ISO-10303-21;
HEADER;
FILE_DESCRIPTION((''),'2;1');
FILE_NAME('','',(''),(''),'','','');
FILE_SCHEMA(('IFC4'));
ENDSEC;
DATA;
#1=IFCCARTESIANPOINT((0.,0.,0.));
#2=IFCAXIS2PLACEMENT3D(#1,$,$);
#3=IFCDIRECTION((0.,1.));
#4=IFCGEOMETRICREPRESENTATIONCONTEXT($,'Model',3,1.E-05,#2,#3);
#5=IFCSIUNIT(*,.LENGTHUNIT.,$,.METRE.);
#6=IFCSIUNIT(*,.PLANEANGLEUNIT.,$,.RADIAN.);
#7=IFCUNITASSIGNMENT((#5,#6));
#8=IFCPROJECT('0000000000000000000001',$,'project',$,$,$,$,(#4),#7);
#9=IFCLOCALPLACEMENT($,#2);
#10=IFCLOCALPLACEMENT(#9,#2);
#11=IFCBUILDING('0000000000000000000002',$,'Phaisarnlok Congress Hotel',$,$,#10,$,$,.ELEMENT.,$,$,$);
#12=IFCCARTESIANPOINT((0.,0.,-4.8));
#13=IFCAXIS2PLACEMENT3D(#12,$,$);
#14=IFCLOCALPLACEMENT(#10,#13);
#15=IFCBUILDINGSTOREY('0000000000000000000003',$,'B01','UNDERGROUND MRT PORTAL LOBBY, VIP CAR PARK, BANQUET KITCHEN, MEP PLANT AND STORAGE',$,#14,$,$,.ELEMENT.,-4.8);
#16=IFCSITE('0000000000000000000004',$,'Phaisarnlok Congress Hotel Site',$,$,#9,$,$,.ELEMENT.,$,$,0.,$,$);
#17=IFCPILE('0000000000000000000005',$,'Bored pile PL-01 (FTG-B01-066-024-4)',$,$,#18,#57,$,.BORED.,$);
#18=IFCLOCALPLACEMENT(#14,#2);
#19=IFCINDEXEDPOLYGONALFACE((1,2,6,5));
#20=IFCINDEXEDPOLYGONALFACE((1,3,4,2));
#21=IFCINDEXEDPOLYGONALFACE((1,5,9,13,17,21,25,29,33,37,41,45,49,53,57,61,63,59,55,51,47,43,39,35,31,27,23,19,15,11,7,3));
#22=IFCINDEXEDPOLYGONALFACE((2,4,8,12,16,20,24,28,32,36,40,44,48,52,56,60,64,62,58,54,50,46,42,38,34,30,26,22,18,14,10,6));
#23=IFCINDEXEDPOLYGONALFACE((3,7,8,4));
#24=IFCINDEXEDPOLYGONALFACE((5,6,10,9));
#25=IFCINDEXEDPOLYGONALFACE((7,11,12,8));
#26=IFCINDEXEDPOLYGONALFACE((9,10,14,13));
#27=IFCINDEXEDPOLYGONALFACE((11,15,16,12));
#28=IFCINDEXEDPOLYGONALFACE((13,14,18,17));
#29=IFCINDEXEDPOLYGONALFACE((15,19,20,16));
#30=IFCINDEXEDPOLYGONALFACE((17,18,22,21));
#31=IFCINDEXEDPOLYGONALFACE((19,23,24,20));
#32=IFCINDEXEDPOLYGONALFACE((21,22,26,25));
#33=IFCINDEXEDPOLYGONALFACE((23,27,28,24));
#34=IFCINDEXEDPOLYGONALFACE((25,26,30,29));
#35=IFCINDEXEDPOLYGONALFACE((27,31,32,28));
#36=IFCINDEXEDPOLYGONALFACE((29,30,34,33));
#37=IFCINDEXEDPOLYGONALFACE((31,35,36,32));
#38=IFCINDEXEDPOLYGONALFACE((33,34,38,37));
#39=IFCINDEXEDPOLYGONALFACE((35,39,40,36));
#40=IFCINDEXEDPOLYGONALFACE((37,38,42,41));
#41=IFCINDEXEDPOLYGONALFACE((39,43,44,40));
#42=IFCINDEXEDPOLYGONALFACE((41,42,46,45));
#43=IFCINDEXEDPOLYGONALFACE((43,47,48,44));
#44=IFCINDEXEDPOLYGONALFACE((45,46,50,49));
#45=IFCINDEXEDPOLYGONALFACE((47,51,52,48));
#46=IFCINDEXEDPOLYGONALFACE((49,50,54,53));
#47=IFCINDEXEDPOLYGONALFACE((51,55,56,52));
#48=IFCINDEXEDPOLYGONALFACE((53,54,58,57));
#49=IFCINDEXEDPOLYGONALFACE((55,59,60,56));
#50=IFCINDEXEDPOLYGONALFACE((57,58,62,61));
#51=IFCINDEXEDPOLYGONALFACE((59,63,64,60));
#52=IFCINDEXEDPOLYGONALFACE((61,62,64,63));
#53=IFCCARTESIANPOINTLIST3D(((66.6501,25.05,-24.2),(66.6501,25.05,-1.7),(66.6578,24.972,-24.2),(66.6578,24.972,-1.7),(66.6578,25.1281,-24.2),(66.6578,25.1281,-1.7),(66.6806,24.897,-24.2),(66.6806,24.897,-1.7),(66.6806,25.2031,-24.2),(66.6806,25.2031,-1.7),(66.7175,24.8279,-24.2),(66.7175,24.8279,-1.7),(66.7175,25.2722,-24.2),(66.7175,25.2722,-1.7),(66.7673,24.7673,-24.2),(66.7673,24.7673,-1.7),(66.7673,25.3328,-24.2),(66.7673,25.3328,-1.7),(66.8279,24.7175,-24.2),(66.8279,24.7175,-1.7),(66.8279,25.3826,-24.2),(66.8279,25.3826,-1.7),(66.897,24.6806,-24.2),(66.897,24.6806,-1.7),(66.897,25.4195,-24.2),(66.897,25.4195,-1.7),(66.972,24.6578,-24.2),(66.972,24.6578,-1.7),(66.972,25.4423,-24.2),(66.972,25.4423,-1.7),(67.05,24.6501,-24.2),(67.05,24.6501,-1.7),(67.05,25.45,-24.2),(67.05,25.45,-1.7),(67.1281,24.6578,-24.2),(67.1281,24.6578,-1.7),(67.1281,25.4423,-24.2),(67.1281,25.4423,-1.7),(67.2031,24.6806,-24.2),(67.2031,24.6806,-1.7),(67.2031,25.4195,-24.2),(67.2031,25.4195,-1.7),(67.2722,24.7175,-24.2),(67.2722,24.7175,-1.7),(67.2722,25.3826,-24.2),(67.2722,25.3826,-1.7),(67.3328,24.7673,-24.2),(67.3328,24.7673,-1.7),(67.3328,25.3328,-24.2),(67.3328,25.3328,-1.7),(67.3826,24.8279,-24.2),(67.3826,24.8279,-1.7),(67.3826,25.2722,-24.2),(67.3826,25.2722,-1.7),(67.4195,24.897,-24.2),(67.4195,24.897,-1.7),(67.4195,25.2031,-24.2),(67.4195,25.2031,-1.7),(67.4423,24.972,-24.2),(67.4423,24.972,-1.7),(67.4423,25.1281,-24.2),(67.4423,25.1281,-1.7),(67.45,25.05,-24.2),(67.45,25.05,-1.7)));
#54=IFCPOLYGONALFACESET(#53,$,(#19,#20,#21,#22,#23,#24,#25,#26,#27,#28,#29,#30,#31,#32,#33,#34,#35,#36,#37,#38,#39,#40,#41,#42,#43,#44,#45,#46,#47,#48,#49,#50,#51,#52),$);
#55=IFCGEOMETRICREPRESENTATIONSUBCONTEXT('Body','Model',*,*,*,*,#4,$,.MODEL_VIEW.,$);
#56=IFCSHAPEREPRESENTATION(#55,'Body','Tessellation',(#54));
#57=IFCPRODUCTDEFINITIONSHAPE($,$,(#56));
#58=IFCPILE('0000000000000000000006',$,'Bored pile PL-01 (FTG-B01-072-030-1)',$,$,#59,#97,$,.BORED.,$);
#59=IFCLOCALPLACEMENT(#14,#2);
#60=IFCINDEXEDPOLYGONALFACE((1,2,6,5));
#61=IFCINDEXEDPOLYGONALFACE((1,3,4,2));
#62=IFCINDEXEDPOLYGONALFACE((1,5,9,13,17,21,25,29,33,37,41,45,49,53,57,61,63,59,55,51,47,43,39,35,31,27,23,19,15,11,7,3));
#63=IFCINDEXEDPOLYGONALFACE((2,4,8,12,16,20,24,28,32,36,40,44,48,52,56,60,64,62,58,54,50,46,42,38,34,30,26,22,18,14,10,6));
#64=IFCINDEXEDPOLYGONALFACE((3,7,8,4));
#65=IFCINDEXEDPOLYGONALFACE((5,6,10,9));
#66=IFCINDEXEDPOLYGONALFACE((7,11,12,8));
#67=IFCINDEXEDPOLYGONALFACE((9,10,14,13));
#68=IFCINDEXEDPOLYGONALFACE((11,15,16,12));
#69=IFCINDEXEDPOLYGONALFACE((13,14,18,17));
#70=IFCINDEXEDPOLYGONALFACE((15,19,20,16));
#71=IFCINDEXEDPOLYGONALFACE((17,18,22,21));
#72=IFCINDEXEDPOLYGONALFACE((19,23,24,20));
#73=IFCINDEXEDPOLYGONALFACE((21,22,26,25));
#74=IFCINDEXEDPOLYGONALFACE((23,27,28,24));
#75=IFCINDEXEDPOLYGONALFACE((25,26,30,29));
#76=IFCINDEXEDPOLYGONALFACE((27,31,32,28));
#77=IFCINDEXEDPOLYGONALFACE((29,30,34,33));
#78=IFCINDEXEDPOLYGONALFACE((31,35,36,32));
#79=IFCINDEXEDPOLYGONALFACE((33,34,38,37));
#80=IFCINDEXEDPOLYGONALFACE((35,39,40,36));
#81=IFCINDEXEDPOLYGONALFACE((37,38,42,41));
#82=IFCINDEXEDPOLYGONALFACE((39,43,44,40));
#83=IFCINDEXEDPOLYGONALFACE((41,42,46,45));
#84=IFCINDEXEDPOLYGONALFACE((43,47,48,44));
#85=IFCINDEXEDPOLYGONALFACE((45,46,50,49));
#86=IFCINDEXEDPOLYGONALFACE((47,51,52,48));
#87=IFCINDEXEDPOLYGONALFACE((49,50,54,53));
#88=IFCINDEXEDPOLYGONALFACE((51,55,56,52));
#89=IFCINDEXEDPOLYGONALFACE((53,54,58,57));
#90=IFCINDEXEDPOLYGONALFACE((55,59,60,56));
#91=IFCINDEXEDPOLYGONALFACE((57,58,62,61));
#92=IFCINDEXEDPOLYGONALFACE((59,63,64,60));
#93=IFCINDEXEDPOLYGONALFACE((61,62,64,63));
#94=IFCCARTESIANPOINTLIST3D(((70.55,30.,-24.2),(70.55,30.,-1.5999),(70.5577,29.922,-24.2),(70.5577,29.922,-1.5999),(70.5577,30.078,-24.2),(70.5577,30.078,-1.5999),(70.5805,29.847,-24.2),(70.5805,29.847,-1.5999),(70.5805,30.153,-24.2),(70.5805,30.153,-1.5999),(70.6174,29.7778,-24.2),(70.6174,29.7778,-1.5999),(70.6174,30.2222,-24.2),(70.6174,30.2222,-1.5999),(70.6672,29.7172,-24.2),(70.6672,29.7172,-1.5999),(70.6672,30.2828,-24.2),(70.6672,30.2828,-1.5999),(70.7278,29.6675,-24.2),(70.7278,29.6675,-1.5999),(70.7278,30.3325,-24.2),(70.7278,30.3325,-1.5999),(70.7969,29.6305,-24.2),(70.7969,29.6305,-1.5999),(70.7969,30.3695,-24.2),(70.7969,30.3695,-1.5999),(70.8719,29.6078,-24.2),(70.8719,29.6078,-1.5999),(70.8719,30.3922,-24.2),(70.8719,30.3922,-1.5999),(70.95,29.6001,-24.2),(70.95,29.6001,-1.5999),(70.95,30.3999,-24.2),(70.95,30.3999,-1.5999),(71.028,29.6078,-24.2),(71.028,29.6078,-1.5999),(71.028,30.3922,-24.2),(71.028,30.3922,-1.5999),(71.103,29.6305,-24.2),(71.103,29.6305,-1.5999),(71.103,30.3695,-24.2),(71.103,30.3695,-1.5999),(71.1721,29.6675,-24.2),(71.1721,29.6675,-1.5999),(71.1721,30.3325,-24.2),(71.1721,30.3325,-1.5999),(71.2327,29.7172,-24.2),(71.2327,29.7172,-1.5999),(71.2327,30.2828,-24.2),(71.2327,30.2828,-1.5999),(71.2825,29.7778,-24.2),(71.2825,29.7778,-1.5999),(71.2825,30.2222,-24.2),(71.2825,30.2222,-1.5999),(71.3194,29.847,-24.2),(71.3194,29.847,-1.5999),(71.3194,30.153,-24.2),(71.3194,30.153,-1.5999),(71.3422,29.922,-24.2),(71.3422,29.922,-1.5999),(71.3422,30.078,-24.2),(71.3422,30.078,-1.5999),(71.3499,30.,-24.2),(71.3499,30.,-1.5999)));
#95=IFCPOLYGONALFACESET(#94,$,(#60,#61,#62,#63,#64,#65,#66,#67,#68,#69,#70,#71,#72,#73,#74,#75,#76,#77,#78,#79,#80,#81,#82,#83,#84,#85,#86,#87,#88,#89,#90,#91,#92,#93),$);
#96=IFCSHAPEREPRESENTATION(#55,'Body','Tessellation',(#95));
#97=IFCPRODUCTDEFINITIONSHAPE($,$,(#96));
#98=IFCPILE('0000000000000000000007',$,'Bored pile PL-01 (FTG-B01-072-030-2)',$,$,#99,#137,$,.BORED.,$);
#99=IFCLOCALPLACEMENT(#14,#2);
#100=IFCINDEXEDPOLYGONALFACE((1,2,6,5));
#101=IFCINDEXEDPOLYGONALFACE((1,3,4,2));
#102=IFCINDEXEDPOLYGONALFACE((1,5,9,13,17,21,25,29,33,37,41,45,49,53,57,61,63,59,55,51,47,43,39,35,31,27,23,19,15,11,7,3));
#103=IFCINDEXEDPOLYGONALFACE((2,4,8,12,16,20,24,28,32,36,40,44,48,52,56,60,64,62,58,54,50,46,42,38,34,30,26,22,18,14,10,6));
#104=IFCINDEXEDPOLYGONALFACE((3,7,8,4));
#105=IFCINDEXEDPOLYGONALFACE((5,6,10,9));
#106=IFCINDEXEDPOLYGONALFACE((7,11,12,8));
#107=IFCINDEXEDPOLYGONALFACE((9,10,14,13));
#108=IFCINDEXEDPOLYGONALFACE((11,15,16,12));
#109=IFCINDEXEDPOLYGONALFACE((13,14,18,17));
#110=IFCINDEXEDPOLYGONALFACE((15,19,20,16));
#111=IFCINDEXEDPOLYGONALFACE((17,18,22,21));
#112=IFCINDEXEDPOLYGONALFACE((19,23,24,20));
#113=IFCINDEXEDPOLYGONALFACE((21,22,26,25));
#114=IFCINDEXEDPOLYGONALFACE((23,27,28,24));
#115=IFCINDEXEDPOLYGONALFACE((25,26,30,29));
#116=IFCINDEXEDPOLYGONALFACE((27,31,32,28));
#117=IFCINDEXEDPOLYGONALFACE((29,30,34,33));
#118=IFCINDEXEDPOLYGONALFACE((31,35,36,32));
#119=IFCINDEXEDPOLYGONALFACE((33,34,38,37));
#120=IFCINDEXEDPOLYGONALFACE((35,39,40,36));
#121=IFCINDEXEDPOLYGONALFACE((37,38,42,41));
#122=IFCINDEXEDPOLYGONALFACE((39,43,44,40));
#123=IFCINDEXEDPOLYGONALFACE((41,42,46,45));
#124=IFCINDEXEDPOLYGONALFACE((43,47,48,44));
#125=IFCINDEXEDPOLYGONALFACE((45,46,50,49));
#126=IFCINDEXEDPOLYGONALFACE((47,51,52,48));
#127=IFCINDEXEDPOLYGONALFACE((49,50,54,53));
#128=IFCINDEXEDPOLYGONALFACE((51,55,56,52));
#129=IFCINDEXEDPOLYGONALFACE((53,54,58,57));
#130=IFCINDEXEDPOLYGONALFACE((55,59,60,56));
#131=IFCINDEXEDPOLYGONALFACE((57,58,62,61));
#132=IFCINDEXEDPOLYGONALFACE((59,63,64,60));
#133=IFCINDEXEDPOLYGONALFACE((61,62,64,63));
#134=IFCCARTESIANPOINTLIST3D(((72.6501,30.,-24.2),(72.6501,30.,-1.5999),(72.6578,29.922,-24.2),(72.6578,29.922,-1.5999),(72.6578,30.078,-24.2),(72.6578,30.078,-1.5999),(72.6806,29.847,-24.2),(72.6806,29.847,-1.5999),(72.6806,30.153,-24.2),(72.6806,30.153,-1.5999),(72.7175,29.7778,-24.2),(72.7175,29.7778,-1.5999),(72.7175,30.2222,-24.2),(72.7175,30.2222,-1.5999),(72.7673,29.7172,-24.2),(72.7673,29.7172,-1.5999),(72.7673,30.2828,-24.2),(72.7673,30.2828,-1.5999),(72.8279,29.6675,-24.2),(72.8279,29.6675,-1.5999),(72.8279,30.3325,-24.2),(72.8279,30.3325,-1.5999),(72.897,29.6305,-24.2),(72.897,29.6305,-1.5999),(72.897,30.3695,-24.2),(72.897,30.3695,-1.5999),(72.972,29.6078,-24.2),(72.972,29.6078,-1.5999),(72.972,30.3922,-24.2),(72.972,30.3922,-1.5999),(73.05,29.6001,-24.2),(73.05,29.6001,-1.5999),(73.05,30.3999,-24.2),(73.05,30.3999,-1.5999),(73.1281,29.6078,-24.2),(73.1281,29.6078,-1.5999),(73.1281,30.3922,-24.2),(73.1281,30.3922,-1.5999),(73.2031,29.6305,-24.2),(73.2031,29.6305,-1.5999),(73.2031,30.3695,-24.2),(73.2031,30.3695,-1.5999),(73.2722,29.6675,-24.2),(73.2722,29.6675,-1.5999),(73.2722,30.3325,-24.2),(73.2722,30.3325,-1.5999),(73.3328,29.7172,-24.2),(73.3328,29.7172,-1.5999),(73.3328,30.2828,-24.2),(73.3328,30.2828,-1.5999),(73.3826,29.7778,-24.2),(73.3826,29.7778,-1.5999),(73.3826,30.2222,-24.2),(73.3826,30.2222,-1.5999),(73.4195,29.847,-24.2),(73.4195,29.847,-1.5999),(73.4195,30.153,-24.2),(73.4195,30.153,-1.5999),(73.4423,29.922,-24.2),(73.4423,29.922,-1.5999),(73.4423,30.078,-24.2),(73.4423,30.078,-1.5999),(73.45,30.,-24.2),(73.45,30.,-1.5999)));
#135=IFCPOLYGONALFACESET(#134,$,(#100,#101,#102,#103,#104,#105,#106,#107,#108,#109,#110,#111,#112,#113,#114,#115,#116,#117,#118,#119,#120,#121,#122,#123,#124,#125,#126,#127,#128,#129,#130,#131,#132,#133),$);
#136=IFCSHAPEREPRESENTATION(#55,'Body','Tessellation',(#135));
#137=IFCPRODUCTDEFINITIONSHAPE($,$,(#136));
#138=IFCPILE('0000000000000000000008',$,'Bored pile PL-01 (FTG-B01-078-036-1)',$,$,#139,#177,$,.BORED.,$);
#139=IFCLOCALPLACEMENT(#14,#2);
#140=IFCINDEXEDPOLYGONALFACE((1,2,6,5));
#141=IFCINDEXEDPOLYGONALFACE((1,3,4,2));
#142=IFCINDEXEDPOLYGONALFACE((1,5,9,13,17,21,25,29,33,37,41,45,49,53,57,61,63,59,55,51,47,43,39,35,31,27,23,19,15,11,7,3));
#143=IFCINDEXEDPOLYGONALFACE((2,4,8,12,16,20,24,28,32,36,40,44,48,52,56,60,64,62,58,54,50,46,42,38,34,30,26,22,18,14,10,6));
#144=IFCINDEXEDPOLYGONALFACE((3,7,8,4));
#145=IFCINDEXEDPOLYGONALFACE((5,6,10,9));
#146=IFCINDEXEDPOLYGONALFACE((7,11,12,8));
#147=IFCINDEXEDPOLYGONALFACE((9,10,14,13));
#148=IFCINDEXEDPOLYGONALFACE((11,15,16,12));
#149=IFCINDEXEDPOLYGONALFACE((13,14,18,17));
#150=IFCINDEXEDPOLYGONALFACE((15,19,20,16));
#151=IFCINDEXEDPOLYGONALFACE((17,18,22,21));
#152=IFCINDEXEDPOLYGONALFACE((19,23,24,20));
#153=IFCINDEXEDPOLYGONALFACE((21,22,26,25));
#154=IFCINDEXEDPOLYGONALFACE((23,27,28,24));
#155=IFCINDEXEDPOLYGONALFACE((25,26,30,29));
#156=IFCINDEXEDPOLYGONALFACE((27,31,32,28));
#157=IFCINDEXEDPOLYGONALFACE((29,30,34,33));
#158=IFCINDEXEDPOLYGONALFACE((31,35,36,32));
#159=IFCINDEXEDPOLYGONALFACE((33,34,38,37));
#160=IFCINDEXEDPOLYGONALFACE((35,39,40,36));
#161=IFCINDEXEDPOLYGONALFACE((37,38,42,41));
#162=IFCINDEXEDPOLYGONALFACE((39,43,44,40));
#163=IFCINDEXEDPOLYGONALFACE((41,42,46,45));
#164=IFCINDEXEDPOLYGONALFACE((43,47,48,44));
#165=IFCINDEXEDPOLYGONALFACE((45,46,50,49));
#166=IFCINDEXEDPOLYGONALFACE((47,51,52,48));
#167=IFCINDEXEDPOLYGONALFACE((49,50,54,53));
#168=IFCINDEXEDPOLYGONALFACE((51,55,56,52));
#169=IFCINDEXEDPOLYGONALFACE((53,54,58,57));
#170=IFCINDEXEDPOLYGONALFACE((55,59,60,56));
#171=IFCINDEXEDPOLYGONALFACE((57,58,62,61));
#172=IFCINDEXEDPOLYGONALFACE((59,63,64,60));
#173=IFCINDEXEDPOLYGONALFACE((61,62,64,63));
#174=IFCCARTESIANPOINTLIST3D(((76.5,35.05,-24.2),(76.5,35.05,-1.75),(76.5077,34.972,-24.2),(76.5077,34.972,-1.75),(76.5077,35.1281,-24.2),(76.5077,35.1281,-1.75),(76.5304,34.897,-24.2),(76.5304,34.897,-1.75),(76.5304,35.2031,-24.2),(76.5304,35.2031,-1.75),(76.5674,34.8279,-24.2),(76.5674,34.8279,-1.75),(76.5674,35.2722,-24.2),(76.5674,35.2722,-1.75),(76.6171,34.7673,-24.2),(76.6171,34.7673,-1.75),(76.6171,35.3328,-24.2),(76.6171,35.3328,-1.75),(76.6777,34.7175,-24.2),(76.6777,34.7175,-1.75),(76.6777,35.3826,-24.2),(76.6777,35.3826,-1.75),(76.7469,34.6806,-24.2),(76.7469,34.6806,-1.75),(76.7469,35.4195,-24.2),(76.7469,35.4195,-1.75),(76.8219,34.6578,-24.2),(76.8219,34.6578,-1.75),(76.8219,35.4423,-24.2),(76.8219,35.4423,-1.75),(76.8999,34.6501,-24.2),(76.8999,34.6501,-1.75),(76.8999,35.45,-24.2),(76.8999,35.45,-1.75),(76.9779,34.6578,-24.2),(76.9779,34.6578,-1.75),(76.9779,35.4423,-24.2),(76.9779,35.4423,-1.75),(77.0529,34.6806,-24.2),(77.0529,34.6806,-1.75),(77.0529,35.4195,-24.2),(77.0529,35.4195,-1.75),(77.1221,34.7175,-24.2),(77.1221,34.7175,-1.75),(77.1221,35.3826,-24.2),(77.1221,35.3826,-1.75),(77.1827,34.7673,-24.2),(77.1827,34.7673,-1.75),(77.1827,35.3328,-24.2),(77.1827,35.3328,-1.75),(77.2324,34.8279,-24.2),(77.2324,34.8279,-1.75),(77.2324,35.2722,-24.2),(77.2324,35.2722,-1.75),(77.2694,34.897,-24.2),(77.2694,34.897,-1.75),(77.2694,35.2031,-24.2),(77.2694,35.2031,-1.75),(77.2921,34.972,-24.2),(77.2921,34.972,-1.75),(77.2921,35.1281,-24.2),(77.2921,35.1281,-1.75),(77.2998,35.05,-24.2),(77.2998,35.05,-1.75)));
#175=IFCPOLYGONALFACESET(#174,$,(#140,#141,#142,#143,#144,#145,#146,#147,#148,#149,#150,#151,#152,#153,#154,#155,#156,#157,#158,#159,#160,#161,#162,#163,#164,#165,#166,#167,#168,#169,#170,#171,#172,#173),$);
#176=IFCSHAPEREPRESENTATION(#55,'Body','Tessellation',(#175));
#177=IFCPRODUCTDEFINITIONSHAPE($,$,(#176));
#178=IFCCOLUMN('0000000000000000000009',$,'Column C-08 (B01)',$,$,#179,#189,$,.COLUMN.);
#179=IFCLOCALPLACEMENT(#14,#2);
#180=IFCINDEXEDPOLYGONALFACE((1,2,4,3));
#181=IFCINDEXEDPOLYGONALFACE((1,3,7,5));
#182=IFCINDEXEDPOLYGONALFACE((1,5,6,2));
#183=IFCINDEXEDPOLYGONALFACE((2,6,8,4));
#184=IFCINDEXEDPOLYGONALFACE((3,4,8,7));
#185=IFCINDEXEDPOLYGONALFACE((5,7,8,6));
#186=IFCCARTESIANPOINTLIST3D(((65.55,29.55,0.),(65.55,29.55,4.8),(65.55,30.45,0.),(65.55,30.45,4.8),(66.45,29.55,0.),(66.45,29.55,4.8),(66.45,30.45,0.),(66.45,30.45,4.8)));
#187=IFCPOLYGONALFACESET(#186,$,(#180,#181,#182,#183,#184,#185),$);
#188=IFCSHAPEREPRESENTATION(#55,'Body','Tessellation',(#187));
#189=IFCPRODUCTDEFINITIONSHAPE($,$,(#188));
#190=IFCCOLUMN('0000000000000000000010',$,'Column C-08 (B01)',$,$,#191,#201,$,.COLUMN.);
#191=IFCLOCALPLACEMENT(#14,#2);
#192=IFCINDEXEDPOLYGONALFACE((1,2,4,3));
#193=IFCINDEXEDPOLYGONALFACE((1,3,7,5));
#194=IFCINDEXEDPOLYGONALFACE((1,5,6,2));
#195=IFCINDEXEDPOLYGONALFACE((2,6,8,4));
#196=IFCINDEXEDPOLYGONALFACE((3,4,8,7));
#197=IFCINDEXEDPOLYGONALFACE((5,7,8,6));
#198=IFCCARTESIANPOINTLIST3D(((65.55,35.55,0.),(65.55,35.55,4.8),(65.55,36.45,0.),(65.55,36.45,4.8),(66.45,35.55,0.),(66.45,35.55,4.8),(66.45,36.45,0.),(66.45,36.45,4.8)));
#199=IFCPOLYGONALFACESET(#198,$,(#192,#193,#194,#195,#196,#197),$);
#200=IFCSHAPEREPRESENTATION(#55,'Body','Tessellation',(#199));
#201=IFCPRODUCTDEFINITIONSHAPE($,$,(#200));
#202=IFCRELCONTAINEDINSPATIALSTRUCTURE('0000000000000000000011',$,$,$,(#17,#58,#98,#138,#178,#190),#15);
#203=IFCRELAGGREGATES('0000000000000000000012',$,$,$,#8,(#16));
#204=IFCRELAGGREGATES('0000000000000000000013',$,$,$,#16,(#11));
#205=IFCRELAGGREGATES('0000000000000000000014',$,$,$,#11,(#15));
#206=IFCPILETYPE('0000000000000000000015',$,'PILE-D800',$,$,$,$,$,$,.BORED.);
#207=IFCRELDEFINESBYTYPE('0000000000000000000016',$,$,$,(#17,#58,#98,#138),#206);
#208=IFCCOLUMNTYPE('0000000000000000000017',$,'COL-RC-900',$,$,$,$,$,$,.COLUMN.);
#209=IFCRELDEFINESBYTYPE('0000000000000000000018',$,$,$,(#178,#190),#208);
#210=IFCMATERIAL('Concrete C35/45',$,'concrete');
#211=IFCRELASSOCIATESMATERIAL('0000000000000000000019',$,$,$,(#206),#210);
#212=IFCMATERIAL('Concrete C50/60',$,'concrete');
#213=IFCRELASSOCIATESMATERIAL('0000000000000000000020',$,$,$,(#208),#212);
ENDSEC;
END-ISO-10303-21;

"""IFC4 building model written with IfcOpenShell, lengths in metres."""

from ifc_helpers import new_model, si_unit, direction, frame, origin, origin_2d, place, context, subcontext, project, spatial, rectangle, circle, extrude, material, material_profile, profile_set, type_object, element, save


model = new_model("IFC4")

# Units and contexts
model_context = context("Model", 3, precision=1e-05, world=origin(), true_north=direction((0.0, 1.0)))
body_context = subcontext(model_context, "Body", "Model", "MODEL_VIEW")
ifc_project = project(units=[si_unit("LENGTHUNIT", "METRE"), si_unit("PLANEANGLEUNIT", "RADIAN")], contexts=[model_context])

# Site, building, storey
site_placement = place(None, origin())
site = spatial("IfcSite", under=ifc_project, at=site_placement, Name="Phaisarnlok Congress Hotel Site", CompositionType="ELEMENT", RefElevation=0.0)
building_placement = place(site_placement, origin())
building = spatial("IfcBuilding", under=site, at=building_placement, Name="Phaisarnlok Congress Hotel", CompositionType="ELEMENT")
storey_placement = place(building_placement, frame((0.0, 0.0, -4.8)))
storey = spatial("IfcBuildingStorey", under=building, at=storey_placement, Name="B01", Description="UNDERGROUND MRT PORTAL LOBBY, VIP CAR PARK, BANQUET KITCHEN, MEP PLANT AND STORAGE", CompositionType="ELEMENT", Elevation=-4.8)

# Piles
ifc_material_1 = material(Name="Concrete C35/45", Category="concrete")
ifc_material_profile_1 = material_profile(ifc_material_1, circle(Radius=0.3999, at=origin_2d()), Name="BORED PILE D800")
ifc_profile_set_1 = profile_set([ifc_material_profile_1], Name="Concrete C35/45")
pile_type_1 = type_object("IfcPileType", Name="PILE-D800", PredefinedType="BORED", material=ifc_profile_set_1)
pile_1_placement = place(storey_placement, frame((67.05, 25.05, -1.7), z_axis=(0.0, 0.0, -1.0), x_axis=(1.0, 0.0, 0.0)))
element("IfcPile", 1, at=pile_1_placement, inside=storey, type_object=pile_type_1, Name="Bored pile PL-01 (FTG-B01-066-024-4)", PredefinedType="BORED", context=body_context, shape_type="SweptSolid", body=[
    extrude(circle(Radius=0.3999, at=origin_2d()), origin(), (0.0, 0.0, 1.0), 22.5),
])
for number, where, z_axis, x_axis, name in (
    (2, (70.95, 30.0, -1.5999), (0.0, 0.0, -1.0), (1.0, 0.0, 0.0), "Bored pile PL-01 (FTG-B01-072-030-1)"),
    (3, (73.05, 30.0, -1.5999), (0.0, 0.0, -1.0), (1.0, 0.0, 0.0), "Bored pile PL-01 (FTG-B01-072-030-2)"),
):
    element("IfcPile", number, at=place(storey_placement, frame(where, z_axis=z_axis, x_axis=x_axis)), inside=storey, type_object=pile_type_1, Name=name, PredefinedType="BORED", context=body_context, shape_type="SweptSolid", body=[
        extrude(circle(Radius=0.3999, at=origin_2d()), origin(), (0.0, 0.0, 1.0), 22.6001),
    ])
pile_2_placement = place(storey_placement, frame((76.8999, 35.05, -1.75), z_axis=(0.0, 0.0, -1.0), x_axis=(1.0, 0.0, 0.0)))
element("IfcPile", 4, at=pile_2_placement, inside=storey, type_object=pile_type_1, Name="Bored pile PL-01 (FTG-B01-078-036-1)", PredefinedType="BORED", context=body_context, shape_type="SweptSolid", body=[
    extrude(circle(Radius=0.3999, at=origin_2d()), origin(), (0.0, 0.0, 1.0), 22.45),
])

# Columns
ifc_material_2 = material(Name="Concrete C50/60", Category="concrete")
ifc_material_profile_2 = material_profile(ifc_material_2, rectangle(XDim=0.8999, YDim=0.8999, at=origin_2d()), Name="RC 900x900")
ifc_profile_set_2 = profile_set([ifc_material_profile_2], Name="Concrete C50/60")
column_type = type_object("IfcColumnType", Name="COL-RC-900", PredefinedType="COLUMN", material=ifc_profile_set_2)
for number, where, z_axis, x_axis, name in (
    (5, (66.0, 30.0, 0.0), (0.0, 0.0, 1.0), (1.0, 0.0, 0.0), "Column C-08 (B01)"),
    (6, (66.0, 36.0, 0.0), (0.0, 0.0, 1.0), (1.0, 0.0, 0.0), "Column C-08 (B01)"),
):
    element("IfcColumn", number, at=place(storey_placement, frame(where, z_axis=z_axis, x_axis=x_axis)), inside=storey, type_object=column_type, Name=name, PredefinedType="COLUMN", context=body_context, shape_type="SweptSolid", body=[
        extrude(rectangle(XDim=0.8999, YDim=0.8999, at=origin_2d()), origin(), (0.0, 0.0, 1.0), 4.8),
    ])

save(model, "model.ifc")
